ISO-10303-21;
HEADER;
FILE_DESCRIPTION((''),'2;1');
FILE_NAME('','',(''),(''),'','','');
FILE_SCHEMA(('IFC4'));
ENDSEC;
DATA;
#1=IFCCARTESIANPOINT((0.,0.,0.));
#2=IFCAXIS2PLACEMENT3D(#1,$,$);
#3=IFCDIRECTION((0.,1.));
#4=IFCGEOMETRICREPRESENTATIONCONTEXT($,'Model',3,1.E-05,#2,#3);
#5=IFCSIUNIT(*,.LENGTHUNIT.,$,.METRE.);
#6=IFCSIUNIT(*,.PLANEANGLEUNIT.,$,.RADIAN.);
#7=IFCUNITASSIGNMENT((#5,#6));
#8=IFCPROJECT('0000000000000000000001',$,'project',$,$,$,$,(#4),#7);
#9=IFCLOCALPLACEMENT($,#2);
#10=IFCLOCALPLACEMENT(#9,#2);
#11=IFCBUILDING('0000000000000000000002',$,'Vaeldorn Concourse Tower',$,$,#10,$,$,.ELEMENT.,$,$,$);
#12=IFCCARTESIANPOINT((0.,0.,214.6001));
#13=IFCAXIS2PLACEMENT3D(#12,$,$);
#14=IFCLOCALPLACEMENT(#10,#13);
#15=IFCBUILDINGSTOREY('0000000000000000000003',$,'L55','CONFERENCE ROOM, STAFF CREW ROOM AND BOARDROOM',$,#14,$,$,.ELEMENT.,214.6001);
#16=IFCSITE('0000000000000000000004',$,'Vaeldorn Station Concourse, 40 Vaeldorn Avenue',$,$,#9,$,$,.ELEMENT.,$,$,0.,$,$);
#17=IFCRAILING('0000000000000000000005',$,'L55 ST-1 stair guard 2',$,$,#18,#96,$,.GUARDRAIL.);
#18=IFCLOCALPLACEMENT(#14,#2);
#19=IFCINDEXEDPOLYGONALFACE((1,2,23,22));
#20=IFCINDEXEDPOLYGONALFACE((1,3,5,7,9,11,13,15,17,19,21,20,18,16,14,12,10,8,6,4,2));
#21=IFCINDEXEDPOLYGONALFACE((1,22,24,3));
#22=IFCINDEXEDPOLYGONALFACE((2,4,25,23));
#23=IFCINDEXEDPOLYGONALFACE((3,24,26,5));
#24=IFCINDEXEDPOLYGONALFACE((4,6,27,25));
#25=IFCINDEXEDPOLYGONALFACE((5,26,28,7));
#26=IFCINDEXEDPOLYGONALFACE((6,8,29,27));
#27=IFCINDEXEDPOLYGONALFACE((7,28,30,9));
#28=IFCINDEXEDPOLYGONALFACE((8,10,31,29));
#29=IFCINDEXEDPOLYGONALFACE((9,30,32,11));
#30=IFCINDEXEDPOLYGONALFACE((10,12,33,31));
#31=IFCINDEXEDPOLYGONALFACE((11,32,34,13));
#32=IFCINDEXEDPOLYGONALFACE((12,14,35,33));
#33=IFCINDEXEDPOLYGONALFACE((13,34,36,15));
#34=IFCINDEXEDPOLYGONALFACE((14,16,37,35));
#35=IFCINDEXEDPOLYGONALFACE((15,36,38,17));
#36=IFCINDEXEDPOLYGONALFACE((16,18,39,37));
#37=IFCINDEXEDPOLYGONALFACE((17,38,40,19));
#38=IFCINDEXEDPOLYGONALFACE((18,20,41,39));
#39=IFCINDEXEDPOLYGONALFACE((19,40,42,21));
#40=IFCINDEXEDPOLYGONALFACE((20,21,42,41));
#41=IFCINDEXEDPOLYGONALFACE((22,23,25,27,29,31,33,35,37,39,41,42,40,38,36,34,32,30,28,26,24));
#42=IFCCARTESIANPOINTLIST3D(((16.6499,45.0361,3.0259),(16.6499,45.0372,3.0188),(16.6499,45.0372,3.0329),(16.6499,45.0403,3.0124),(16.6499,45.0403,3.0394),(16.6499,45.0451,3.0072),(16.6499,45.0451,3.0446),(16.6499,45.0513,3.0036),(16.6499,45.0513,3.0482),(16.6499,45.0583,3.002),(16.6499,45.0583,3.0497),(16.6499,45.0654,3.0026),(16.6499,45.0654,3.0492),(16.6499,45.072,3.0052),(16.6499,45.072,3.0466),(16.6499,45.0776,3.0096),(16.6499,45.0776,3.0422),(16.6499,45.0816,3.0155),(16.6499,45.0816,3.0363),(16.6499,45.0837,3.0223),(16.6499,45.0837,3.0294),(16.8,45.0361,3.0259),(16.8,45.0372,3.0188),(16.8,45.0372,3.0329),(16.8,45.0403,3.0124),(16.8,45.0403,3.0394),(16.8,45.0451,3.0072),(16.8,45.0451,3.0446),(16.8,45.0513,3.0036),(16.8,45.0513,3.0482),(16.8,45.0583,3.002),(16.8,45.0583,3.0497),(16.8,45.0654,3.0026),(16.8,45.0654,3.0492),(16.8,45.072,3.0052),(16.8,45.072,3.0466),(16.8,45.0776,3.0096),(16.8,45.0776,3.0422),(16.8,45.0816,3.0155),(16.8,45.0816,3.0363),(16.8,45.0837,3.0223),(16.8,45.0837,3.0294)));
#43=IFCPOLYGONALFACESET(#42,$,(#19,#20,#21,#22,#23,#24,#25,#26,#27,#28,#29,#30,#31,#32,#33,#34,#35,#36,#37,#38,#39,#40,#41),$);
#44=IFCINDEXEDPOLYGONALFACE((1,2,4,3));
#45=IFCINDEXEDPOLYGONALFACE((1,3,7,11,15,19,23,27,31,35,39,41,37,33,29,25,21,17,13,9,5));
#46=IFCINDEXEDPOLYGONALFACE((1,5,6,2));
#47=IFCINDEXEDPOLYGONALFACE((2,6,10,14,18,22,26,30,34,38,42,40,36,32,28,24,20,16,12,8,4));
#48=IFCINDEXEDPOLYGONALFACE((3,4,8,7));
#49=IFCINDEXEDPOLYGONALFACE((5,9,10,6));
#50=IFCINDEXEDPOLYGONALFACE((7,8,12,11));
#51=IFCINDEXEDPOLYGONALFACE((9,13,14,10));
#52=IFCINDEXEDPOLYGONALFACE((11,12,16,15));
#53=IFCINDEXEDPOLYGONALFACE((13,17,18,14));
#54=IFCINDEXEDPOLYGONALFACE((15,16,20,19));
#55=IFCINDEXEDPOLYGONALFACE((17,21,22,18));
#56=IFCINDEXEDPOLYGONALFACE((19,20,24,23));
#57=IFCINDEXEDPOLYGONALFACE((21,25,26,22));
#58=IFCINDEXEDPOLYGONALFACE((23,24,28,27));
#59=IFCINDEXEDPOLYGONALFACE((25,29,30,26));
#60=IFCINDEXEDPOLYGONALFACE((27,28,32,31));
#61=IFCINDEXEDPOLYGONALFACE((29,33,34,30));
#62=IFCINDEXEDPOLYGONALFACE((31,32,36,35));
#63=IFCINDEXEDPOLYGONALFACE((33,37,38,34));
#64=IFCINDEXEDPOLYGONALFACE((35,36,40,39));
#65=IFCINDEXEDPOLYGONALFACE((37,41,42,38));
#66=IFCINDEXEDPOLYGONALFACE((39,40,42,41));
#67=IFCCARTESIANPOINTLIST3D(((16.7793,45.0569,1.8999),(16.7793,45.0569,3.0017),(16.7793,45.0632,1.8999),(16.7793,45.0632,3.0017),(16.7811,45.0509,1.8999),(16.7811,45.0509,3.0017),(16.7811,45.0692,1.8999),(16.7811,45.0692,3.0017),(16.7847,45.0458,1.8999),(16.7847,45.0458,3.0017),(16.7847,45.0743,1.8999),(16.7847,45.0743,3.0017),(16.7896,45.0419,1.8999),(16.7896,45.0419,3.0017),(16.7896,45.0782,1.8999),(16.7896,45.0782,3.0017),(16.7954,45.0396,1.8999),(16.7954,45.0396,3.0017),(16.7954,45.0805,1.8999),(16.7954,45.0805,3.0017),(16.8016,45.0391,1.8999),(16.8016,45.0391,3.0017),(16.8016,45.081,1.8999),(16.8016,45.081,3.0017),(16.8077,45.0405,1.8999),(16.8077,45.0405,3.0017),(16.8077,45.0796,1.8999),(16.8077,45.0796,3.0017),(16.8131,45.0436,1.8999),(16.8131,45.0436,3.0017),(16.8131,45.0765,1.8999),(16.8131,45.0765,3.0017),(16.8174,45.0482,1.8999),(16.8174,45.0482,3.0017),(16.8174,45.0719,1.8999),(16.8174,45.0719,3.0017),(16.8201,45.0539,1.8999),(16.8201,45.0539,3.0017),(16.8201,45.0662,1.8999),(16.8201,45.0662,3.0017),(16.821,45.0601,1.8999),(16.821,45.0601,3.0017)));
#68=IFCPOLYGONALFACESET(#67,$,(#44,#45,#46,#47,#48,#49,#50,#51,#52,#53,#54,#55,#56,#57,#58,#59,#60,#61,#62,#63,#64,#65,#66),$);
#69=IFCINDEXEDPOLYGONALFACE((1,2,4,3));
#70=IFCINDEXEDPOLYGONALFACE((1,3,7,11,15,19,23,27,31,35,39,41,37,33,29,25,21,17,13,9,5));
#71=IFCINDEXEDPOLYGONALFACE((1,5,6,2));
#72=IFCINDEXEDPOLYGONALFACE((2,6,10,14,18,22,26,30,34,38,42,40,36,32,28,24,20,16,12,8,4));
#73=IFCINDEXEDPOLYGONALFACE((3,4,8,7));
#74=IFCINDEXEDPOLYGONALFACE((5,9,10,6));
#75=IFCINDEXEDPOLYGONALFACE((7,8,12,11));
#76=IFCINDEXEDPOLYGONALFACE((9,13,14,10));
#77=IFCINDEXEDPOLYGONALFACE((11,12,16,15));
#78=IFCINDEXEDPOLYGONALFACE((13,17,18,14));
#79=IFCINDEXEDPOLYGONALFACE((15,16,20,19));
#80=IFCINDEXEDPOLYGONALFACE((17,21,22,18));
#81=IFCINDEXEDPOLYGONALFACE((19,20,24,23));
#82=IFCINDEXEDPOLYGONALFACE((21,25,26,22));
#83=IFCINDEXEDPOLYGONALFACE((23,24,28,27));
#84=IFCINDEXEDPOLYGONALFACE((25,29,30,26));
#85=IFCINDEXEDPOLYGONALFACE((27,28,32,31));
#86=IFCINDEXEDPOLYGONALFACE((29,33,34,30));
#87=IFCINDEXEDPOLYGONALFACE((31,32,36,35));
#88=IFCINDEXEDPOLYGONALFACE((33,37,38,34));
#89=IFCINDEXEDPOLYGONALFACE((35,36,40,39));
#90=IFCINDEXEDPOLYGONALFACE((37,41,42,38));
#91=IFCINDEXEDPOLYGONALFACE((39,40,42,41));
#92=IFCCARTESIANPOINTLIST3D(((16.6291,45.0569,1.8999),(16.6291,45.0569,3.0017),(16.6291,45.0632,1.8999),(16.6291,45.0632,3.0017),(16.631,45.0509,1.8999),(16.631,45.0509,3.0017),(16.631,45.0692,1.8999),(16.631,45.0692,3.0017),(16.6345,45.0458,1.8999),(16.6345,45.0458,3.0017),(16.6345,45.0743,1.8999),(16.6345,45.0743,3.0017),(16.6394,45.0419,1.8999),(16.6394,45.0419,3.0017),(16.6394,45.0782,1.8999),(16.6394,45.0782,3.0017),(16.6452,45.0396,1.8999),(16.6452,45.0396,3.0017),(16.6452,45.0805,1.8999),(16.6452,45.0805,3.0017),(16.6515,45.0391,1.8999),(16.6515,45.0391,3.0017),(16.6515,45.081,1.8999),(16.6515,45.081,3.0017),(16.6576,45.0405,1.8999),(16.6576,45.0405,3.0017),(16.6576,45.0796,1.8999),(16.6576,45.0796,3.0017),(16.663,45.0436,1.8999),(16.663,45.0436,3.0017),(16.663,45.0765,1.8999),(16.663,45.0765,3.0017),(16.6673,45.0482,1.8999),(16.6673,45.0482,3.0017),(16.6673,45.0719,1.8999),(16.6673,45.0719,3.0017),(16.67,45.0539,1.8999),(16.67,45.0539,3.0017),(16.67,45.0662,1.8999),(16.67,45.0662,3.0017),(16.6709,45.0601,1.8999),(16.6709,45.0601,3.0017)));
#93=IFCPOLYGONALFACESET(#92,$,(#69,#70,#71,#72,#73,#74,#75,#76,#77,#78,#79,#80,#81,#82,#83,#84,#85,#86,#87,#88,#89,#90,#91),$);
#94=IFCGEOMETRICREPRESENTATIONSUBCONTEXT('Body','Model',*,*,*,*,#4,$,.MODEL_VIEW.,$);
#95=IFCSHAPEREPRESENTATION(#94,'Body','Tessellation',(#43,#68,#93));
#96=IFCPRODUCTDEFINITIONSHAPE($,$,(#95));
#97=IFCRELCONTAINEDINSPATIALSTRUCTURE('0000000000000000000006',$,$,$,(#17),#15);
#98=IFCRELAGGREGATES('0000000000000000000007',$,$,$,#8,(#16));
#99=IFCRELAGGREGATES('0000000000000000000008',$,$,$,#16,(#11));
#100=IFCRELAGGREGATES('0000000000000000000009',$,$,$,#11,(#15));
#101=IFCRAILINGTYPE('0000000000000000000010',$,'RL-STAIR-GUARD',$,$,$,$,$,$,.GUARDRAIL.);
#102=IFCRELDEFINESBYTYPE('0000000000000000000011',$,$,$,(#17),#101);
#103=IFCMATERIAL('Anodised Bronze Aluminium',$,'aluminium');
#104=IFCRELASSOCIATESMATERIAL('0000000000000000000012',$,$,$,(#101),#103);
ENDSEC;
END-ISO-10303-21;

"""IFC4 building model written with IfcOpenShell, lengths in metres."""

from ifc_helpers import new_model, si_unit, direction, frame, origin, origin_2d, place, context, subcontext, project, spatial, circle, extrude, material, type_object, element, save


model = new_model("IFC4")

# Units and contexts
model_context = context("Model", 3, precision=1e-05, world=origin(), true_north=direction((0.0, 1.0)))
body_context = subcontext(model_context, "Body", "Model", "MODEL_VIEW")
ifc_project = project(units=[si_unit("LENGTHUNIT", "METRE"), si_unit("PLANEANGLEUNIT", "RADIAN")], contexts=[model_context])

# Site, building, storey
site_placement = place(None, origin())
site = spatial("IfcSite", under=ifc_project, at=site_placement, Name="Vaeldorn Station Concourse, 40 Vaeldorn Avenue", CompositionType="ELEMENT", RefElevation=0.0)
building_placement = place(site_placement, origin())
building = spatial("IfcBuilding", under=site, at=building_placement, Name="Vaeldorn Concourse Tower", CompositionType="ELEMENT")
storey_placement = place(building_placement, frame((0.0, 0.0, 214.6001)))
storey = spatial("IfcBuildingStorey", under=building, at=storey_placement, Name="L55", Description="CONFERENCE ROOM, STAFF CREW ROOM AND BOARDROOM", CompositionType="ELEMENT", Elevation=214.6001)

# Shared definitions
ifc_material_1 = material(Name="Anodised Bronze Aluminium", Category="aluminium")

# Railing
railing_type_1 = type_object("IfcRailingType", Name="RL-STAIR-GUARD", PredefinedType="GUARDRAIL", material=ifc_material_1)
railing_1_placement = place(storey_placement, frame((16.8, 45.0601, 1.8999)))
element("IfcRailing", 1, at=railing_1_placement, inside=storey, type_object=railing_type_1, Name="L55 ST-1 stair guard 2", PredefinedType="GUARDRAIL", context=body_context, shape_type="SweptSolid", body=[
    extrude(circle(Radius=0.0239, at=origin_2d()), frame((0.0, 0.0, 1.126), z_axis=(-1.0, 0.0, 0.0), x_axis=(0.0, -1.0, 0.0)), (0.0, 0.0, 1.0), 0.1501),
    extrude(circle(Radius=0.021, at=origin_2d()), origin(), (0.0, 0.0, 1.0), 1.1018),
    extrude(circle(Radius=0.021, at=origin_2d()), frame((-0.1501, 0.0, 0.0)), (0.0, 0.0, 1.0), 1.1018),
])

save(model, "model.ifc")
